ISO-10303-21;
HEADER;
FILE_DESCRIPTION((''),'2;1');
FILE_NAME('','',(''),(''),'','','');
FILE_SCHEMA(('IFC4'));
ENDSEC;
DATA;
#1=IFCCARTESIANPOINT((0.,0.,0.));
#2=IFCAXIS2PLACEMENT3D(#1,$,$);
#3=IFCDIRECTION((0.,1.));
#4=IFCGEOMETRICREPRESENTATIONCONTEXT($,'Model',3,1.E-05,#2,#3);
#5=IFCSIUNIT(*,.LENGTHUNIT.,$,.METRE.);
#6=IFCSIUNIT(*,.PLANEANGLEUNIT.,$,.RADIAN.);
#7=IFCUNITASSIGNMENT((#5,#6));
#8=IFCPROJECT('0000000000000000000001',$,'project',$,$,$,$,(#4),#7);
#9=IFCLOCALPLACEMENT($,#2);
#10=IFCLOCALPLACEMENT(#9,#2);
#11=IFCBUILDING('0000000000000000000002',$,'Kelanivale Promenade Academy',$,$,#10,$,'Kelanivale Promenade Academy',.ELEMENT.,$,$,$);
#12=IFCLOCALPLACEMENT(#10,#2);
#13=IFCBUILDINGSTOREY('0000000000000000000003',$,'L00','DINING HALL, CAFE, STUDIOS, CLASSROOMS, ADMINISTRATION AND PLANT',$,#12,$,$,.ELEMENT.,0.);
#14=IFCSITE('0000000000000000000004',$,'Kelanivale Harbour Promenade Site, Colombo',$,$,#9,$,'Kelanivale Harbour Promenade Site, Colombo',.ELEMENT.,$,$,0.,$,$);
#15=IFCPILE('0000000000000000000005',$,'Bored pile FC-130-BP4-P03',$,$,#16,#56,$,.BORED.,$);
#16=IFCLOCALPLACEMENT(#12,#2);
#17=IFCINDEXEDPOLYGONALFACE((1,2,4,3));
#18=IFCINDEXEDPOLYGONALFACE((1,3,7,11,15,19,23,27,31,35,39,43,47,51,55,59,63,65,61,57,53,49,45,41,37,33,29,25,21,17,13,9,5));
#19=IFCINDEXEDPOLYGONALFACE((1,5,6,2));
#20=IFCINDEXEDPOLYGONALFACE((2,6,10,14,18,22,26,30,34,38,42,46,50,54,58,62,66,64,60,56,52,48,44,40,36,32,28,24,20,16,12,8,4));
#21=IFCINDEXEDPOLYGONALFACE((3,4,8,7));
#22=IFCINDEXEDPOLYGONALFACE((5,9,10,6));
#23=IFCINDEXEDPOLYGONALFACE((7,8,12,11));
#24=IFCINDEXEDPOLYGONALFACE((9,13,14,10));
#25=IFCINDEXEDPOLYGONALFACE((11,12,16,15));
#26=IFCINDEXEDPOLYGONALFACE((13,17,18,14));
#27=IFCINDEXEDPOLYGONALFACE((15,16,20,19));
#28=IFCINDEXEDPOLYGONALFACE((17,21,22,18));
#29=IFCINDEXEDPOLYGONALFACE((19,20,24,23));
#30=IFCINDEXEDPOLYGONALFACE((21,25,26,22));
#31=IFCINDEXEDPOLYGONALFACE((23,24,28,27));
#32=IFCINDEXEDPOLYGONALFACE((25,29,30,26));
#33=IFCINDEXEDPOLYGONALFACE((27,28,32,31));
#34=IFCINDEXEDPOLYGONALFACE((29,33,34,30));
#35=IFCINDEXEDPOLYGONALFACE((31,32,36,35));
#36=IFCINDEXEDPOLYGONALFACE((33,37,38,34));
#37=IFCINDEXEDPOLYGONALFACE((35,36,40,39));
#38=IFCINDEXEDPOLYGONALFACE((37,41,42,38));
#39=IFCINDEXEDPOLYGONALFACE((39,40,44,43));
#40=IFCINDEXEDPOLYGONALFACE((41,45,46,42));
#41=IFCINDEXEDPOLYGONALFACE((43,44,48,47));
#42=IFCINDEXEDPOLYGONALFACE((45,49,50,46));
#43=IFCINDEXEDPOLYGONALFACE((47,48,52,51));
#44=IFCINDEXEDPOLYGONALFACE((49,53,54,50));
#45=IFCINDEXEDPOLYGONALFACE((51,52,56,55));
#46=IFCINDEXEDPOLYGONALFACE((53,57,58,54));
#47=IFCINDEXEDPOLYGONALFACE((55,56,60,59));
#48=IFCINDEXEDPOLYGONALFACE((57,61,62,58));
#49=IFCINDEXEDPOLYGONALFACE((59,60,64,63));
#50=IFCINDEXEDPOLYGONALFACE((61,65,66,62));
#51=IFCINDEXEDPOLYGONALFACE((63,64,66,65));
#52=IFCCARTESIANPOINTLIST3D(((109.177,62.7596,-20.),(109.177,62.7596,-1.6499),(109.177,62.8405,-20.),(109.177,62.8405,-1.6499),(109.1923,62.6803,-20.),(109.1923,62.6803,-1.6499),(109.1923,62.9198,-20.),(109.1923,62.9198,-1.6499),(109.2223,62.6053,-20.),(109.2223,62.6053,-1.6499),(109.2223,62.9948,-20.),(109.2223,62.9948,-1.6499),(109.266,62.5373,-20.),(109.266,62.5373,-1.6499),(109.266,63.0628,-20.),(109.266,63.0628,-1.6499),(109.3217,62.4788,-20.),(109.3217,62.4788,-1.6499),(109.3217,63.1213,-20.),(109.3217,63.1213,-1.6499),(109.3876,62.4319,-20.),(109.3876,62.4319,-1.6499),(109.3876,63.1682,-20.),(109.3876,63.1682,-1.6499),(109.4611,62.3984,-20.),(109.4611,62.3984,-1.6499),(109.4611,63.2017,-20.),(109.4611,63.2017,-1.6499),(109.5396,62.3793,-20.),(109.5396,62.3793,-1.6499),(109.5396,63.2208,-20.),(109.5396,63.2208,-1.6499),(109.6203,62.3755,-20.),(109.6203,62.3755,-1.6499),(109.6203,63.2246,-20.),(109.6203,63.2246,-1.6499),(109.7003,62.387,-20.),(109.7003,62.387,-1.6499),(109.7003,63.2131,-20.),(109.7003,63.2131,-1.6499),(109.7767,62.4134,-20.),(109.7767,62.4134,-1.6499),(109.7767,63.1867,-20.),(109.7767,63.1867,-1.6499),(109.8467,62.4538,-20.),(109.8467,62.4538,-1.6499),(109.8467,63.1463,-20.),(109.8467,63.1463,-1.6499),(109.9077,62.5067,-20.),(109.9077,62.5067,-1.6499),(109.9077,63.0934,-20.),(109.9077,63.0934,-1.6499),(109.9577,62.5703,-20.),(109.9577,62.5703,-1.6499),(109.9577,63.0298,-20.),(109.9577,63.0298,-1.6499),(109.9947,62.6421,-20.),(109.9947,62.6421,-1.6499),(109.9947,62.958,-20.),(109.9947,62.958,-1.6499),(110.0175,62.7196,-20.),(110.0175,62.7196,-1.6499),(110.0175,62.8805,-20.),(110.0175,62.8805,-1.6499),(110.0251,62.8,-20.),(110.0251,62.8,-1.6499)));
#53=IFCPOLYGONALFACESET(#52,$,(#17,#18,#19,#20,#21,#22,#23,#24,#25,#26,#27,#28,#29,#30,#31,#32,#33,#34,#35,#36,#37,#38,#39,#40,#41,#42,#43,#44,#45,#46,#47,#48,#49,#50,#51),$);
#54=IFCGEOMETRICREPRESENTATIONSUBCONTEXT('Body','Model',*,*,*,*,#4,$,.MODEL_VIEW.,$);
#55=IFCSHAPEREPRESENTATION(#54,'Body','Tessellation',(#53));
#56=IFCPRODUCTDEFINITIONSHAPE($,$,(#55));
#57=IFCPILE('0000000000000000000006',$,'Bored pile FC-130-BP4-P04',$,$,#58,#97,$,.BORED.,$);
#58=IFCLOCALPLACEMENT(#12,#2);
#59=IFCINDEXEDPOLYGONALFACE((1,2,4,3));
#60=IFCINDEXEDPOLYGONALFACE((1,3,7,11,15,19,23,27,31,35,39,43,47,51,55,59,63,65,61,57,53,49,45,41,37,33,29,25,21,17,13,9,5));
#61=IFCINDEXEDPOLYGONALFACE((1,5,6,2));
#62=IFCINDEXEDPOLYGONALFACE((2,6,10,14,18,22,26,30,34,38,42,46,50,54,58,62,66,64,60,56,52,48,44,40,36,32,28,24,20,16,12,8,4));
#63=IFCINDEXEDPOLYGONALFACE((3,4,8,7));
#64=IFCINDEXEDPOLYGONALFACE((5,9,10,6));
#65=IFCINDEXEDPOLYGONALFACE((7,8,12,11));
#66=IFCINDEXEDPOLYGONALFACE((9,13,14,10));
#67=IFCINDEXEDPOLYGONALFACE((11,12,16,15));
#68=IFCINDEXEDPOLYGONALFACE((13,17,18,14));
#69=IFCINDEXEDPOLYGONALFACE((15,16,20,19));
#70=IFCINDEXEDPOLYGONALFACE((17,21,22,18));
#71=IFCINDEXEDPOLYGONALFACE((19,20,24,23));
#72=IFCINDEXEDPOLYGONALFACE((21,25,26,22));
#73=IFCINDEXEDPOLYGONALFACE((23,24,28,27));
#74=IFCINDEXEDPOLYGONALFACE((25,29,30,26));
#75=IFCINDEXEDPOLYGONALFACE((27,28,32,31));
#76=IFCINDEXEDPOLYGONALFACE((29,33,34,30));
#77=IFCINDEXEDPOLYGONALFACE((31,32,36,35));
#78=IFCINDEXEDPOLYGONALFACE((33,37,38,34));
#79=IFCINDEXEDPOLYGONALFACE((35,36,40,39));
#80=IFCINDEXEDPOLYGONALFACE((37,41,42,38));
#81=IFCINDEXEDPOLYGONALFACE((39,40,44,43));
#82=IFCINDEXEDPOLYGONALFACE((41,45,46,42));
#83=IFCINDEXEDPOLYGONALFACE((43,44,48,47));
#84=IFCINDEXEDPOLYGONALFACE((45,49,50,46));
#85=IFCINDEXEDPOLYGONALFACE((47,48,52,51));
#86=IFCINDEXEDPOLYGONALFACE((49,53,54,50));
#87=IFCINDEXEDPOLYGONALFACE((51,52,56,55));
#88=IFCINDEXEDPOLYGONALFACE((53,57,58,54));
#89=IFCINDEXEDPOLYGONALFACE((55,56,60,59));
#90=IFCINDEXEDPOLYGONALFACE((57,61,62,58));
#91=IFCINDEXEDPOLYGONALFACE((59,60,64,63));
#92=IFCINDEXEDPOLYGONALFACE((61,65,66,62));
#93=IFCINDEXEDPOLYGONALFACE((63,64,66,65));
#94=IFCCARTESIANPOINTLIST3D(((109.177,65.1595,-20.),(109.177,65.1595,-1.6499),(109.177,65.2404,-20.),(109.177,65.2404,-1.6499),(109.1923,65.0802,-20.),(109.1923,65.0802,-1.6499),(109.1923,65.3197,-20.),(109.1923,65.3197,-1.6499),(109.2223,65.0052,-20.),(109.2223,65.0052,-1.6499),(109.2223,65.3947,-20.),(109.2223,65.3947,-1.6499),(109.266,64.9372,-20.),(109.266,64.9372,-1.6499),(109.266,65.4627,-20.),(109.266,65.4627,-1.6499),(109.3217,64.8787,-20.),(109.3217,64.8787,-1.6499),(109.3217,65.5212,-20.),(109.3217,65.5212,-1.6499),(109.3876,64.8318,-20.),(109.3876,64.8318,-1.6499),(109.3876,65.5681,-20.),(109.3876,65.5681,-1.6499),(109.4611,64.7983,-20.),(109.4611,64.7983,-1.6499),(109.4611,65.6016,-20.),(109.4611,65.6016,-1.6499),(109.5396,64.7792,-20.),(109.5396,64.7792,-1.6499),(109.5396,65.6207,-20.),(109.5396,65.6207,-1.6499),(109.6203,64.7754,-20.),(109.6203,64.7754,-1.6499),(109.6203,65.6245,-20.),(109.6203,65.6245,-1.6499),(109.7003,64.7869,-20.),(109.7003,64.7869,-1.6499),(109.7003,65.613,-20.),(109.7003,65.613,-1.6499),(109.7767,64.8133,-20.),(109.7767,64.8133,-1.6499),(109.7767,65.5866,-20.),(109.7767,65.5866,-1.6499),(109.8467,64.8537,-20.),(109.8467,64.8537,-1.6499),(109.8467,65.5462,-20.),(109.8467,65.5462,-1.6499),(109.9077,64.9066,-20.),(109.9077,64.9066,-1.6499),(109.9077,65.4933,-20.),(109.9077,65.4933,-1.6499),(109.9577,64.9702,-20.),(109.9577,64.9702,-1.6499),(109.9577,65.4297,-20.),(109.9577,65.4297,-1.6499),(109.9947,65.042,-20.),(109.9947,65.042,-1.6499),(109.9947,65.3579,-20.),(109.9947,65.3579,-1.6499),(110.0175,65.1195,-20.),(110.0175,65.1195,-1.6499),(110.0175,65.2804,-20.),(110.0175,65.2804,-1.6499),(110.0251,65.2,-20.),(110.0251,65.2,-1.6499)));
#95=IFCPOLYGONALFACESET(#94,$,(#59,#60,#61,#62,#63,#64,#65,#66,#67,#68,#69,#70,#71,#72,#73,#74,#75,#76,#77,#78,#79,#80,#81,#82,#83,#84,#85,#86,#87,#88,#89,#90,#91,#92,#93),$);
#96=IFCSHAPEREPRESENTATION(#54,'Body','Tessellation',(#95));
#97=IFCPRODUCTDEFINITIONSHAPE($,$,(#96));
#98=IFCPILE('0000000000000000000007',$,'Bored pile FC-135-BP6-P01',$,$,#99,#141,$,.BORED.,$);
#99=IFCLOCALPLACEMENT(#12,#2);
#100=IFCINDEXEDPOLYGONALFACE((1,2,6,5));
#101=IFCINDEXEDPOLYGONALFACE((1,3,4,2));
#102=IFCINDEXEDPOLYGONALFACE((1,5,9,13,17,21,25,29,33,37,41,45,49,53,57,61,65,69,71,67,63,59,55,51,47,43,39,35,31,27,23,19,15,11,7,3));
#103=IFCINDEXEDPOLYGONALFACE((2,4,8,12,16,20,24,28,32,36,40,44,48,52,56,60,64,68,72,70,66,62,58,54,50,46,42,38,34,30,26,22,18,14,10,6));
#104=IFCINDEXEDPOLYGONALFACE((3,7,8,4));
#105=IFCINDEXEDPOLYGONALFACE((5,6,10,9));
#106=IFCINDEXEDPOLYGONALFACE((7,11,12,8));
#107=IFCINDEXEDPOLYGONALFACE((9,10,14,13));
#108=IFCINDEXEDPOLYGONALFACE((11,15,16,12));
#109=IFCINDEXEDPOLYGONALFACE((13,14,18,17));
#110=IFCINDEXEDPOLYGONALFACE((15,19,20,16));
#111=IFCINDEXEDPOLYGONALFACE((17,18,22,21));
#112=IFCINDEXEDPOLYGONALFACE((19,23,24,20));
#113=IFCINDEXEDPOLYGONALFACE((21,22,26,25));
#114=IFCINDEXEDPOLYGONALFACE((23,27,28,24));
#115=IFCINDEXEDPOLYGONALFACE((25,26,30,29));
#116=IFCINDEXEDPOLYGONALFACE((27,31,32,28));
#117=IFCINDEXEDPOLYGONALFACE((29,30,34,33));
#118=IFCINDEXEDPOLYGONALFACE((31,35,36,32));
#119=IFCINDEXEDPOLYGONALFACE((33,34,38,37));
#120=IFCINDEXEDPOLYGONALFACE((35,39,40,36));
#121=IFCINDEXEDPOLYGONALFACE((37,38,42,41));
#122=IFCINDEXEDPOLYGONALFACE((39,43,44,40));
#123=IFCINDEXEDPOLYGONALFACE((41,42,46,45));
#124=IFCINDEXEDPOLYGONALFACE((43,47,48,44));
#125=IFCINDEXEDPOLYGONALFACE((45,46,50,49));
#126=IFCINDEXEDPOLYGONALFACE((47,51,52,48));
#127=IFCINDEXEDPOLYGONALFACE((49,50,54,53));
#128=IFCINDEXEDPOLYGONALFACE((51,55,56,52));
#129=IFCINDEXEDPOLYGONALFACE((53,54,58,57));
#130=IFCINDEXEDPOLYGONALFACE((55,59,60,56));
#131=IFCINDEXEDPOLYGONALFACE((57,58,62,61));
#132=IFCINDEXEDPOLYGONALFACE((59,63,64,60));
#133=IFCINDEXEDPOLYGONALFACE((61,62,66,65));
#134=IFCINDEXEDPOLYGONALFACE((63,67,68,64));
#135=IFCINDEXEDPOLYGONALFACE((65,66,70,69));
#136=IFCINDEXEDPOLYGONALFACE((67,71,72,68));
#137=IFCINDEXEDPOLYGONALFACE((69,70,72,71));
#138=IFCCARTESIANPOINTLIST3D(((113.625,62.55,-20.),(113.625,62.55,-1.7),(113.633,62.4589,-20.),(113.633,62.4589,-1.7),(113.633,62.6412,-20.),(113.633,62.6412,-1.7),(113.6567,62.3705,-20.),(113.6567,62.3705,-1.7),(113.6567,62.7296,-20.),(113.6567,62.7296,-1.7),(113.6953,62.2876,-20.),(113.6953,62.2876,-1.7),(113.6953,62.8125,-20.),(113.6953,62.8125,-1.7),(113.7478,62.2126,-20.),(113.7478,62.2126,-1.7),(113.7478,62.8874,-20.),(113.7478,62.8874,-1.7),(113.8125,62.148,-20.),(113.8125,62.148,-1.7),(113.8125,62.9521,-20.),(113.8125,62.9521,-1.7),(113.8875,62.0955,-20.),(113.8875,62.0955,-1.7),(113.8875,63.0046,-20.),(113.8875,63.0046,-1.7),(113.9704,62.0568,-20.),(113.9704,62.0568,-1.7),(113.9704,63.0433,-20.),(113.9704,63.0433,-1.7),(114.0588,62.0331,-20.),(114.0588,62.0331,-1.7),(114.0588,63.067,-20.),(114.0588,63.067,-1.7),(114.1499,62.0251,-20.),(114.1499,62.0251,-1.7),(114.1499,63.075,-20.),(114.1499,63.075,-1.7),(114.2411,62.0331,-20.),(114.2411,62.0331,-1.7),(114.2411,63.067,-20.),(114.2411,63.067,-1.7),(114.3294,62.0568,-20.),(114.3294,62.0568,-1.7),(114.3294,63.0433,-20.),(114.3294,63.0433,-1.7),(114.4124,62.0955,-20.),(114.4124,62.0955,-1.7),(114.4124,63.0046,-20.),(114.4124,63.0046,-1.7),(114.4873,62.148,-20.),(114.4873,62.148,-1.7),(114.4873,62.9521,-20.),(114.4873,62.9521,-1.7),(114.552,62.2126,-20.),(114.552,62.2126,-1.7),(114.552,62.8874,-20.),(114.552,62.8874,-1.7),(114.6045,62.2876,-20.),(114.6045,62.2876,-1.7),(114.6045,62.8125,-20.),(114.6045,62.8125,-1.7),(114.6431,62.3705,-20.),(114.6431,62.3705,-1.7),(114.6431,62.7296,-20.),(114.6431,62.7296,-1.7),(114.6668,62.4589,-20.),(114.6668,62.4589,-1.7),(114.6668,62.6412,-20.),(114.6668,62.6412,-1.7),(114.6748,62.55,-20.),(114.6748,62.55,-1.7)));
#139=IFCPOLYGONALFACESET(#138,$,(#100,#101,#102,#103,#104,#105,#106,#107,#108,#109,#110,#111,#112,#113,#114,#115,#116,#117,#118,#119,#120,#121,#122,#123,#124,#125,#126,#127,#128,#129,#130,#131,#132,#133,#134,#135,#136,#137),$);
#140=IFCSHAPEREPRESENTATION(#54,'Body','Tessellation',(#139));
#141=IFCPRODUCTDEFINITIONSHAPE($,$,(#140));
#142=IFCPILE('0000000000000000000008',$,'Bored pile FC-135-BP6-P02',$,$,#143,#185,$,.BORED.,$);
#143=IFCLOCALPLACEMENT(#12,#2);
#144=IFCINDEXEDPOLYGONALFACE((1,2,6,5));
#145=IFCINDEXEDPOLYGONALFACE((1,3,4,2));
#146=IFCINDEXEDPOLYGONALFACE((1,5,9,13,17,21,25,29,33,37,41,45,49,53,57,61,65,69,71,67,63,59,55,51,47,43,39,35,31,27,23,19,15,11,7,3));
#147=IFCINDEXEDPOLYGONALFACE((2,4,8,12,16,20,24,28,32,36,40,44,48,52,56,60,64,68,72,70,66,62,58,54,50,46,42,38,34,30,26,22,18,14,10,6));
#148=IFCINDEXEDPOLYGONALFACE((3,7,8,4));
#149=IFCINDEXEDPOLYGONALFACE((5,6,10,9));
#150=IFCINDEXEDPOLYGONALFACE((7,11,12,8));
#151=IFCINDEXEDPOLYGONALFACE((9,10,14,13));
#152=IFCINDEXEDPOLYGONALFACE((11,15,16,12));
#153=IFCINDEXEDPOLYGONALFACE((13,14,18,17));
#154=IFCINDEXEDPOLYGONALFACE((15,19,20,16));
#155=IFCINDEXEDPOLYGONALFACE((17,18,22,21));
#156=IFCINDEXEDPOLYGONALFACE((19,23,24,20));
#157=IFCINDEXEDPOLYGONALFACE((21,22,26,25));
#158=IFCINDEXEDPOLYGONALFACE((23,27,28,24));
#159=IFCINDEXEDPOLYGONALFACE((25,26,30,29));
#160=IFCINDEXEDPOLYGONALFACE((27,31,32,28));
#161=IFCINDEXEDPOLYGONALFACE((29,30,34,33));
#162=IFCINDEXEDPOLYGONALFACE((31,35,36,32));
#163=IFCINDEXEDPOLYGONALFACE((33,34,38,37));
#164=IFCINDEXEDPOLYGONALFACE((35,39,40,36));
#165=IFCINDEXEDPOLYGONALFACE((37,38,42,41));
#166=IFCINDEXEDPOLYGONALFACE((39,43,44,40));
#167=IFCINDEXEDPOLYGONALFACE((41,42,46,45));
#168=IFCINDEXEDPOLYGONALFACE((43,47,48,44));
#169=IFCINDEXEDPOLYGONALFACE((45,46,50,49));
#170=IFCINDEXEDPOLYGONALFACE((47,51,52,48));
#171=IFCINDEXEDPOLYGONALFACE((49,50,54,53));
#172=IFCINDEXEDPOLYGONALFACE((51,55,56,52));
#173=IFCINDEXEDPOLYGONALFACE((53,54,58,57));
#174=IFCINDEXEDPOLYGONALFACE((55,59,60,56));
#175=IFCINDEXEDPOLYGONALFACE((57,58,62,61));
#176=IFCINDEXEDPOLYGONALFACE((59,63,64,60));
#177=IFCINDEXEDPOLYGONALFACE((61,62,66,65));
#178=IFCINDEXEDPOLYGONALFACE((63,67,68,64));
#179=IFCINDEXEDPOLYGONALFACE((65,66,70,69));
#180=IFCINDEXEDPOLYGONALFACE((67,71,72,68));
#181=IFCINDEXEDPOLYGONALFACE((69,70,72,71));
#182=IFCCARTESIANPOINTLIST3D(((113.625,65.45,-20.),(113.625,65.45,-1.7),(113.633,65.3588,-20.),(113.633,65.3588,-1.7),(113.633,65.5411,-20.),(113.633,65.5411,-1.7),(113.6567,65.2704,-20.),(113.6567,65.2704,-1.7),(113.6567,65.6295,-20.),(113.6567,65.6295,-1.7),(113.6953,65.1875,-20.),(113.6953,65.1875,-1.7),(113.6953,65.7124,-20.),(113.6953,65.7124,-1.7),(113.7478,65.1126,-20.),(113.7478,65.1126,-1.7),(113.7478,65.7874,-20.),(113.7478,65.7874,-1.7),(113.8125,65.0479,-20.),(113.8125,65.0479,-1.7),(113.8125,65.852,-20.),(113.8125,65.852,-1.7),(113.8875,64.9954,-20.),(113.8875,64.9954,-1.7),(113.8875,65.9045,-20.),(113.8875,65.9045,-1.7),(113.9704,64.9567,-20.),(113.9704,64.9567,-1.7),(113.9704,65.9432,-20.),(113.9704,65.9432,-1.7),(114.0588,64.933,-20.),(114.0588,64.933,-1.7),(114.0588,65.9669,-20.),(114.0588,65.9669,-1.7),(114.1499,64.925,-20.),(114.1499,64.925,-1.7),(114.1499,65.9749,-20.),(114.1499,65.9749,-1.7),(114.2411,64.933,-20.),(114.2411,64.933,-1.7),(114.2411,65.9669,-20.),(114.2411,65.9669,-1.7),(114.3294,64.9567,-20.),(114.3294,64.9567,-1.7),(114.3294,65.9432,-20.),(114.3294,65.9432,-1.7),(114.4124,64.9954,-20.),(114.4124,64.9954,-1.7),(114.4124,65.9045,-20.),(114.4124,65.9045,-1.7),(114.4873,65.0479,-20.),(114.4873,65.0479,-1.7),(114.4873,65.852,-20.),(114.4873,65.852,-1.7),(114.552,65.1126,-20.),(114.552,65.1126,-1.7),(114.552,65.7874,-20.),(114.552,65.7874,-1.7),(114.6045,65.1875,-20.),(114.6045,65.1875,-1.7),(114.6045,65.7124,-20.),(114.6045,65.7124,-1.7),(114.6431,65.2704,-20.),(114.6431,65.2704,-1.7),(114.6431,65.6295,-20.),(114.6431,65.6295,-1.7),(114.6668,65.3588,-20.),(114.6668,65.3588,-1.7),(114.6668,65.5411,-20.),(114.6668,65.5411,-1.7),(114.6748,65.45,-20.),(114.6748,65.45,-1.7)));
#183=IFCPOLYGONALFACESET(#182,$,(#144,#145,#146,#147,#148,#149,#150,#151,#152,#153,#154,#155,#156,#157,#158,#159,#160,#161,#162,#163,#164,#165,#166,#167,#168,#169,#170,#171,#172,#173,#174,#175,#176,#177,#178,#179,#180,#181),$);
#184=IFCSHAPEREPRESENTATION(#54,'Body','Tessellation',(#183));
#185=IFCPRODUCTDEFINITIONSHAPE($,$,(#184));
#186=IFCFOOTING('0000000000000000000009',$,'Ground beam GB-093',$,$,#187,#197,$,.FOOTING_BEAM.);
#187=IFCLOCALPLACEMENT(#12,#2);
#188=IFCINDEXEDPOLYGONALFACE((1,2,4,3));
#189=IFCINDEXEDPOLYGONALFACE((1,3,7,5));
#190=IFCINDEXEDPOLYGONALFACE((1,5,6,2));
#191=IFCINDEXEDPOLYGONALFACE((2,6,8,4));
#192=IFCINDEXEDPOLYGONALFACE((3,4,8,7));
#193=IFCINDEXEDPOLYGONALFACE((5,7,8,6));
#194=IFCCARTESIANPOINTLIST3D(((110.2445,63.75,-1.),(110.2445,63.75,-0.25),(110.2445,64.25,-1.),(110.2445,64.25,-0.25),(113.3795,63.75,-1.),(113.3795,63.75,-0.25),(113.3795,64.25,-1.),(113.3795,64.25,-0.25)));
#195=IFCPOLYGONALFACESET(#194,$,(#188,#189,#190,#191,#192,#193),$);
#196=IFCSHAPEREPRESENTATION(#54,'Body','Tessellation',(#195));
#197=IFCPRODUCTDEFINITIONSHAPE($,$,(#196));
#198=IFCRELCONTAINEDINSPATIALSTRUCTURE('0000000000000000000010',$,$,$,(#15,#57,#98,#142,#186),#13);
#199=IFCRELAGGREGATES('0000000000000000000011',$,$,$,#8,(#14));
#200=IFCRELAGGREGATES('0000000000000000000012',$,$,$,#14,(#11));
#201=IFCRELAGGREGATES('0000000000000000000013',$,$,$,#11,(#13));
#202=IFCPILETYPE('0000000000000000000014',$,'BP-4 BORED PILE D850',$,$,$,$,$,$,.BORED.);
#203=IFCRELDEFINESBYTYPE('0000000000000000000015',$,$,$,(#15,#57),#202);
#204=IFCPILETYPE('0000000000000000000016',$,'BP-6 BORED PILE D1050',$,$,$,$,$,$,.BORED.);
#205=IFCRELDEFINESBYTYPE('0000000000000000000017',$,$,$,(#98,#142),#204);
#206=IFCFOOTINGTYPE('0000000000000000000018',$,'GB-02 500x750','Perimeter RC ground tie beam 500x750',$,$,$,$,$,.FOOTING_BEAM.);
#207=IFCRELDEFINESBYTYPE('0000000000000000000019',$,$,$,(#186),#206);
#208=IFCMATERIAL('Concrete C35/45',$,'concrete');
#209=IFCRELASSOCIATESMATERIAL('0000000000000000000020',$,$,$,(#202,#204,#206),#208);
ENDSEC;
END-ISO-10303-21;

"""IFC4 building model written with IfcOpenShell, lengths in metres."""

from ifc_helpers import new_model, si_unit, direction, frame, origin, origin_2d, place, context, subcontext, project, spatial, rectangle, circle, extrude, material, material_profile, profile_set, type_object, element, save


model = new_model("IFC4")

# Units and contexts
model_context = context("Model", 3, precision=1e-05, world=origin(), true_north=direction((0.0, 1.0)))
body_context = subcontext(model_context, "Body", "Model", "MODEL_VIEW")
ifc_project = project(units=[si_unit("LENGTHUNIT", "METRE"), si_unit("PLANEANGLEUNIT", "RADIAN")], contexts=[model_context])

# Site, building, storey
site_placement = place(None, origin())
site = spatial("IfcSite", under=ifc_project, at=site_placement, Name="Kelanivale Harbour Promenade Site, Colombo", LongName="Kelanivale Harbour Promenade Site, Colombo", CompositionType="ELEMENT", RefElevation=0.0)
building_placement = place(site_placement, origin())
building = spatial("IfcBuilding", under=site, at=building_placement, Name="Kelanivale Promenade Academy", LongName="Kelanivale Promenade Academy", CompositionType="ELEMENT")
storey_placement = place(building_placement, origin())
storey = spatial("IfcBuildingStorey", under=building, at=storey_placement, Name="L00", Description="DINING HALL, CAFE, STUDIOS, CLASSROOMS, ADMINISTRATION AND PLANT", CompositionType="ELEMENT", Elevation=0.0)

# Piles
ifc_material_1 = material(Name="Concrete C35/45", Category="concrete")
ifc_material_profile_1 = material_profile(ifc_material_1, circle(Radius=0.425, at=origin_2d()), Name="BORED PILE D850")
ifc_profile_set_1 = profile_set([ifc_material_profile_1], Name="Concrete C35/45")
pile_type_1 = type_object("IfcPileType", Name="BP-4 BORED PILE D850", PredefinedType="BORED", material=ifc_profile_set_1)
for number, where, z_axis, x_axis, name in (
    (1, (109.6001, 62.8, -1.6499), (0.0, 0.0, -1.0), (1.0, 0.0, 0.0), "Bored pile FC-130-BP4-P03"),
    (2, (109.6001, 65.2, -1.6499), (0.0, 0.0, -1.0), (1.0, 0.0, 0.0), "Bored pile FC-130-BP4-P04"),
):
    element("IfcPile", number, at=place(storey_placement, frame(where, z_axis=z_axis, x_axis=x_axis)), inside=storey, type_object=pile_type_1, Name=name, PredefinedType="BORED", context=body_context, shape_type="SweptSolid", body=[
        extrude(circle(Radius=0.425, at=origin_2d()), origin(), (0.0, 0.0, 1.0), 18.3501),
    ])
ifc_material_profile_2 = material_profile(ifc_material_1, circle(Radius=0.5249, at=origin_2d()), Name="BORED PILE D1050")
ifc_profile_set_2 = profile_set([ifc_material_profile_2], Name="Concrete C35/45")
pile_type_2 = type_object("IfcPileType", Name="BP-6 BORED PILE D1050", PredefinedType="BORED", material=ifc_profile_set_2)
for number, where, z_axis, x_axis, name in (
    (3, (114.1499, 62.55, -1.7), (0.0, 0.0, -1.0), (1.0, 0.0, 0.0), "Bored pile FC-135-BP6-P01"),
    (4, (114.1499, 65.45, -1.7), (0.0, 0.0, -1.0), (1.0, 0.0, 0.0), "Bored pile FC-135-BP6-P02"),
):
    element("IfcPile", number, at=place(storey_placement, frame(where, z_axis=z_axis, x_axis=x_axis)), inside=storey, type_object=pile_type_2, Name=name, PredefinedType="BORED", context=body_context, shape_type="SweptSolid", body=[
        extrude(circle(Radius=0.5249, at=origin_2d()), origin(), (0.0, 0.0, 1.0), 18.3),
    ])

# Footing
footing_type_1 = type_object("IfcFootingType", Name="GB-02 500x750", Description="Perimeter RC ground tie beam 500x750", PredefinedType="FOOTING_BEAM", material=ifc_material_1)
footing_1_placement = place(storey_placement, frame((111.812, 64.0, -1.0), z_axis=(0.0, 0.0, 1.0), x_axis=(1.0, 0.0, 0.0)))
element("IfcFooting", 5, at=footing_1_placement, inside=storey, type_object=footing_type_1, Name="Ground beam GB-093", PredefinedType="FOOTING_BEAM", context=body_context, shape_type="SweptSolid", body=[
    extrude(rectangle(XDim=3.135, YDim=0.5, at=origin_2d()), origin(), (0.0, 0.0, 1.0), 0.75),
])

save(model, "model.ifc")
